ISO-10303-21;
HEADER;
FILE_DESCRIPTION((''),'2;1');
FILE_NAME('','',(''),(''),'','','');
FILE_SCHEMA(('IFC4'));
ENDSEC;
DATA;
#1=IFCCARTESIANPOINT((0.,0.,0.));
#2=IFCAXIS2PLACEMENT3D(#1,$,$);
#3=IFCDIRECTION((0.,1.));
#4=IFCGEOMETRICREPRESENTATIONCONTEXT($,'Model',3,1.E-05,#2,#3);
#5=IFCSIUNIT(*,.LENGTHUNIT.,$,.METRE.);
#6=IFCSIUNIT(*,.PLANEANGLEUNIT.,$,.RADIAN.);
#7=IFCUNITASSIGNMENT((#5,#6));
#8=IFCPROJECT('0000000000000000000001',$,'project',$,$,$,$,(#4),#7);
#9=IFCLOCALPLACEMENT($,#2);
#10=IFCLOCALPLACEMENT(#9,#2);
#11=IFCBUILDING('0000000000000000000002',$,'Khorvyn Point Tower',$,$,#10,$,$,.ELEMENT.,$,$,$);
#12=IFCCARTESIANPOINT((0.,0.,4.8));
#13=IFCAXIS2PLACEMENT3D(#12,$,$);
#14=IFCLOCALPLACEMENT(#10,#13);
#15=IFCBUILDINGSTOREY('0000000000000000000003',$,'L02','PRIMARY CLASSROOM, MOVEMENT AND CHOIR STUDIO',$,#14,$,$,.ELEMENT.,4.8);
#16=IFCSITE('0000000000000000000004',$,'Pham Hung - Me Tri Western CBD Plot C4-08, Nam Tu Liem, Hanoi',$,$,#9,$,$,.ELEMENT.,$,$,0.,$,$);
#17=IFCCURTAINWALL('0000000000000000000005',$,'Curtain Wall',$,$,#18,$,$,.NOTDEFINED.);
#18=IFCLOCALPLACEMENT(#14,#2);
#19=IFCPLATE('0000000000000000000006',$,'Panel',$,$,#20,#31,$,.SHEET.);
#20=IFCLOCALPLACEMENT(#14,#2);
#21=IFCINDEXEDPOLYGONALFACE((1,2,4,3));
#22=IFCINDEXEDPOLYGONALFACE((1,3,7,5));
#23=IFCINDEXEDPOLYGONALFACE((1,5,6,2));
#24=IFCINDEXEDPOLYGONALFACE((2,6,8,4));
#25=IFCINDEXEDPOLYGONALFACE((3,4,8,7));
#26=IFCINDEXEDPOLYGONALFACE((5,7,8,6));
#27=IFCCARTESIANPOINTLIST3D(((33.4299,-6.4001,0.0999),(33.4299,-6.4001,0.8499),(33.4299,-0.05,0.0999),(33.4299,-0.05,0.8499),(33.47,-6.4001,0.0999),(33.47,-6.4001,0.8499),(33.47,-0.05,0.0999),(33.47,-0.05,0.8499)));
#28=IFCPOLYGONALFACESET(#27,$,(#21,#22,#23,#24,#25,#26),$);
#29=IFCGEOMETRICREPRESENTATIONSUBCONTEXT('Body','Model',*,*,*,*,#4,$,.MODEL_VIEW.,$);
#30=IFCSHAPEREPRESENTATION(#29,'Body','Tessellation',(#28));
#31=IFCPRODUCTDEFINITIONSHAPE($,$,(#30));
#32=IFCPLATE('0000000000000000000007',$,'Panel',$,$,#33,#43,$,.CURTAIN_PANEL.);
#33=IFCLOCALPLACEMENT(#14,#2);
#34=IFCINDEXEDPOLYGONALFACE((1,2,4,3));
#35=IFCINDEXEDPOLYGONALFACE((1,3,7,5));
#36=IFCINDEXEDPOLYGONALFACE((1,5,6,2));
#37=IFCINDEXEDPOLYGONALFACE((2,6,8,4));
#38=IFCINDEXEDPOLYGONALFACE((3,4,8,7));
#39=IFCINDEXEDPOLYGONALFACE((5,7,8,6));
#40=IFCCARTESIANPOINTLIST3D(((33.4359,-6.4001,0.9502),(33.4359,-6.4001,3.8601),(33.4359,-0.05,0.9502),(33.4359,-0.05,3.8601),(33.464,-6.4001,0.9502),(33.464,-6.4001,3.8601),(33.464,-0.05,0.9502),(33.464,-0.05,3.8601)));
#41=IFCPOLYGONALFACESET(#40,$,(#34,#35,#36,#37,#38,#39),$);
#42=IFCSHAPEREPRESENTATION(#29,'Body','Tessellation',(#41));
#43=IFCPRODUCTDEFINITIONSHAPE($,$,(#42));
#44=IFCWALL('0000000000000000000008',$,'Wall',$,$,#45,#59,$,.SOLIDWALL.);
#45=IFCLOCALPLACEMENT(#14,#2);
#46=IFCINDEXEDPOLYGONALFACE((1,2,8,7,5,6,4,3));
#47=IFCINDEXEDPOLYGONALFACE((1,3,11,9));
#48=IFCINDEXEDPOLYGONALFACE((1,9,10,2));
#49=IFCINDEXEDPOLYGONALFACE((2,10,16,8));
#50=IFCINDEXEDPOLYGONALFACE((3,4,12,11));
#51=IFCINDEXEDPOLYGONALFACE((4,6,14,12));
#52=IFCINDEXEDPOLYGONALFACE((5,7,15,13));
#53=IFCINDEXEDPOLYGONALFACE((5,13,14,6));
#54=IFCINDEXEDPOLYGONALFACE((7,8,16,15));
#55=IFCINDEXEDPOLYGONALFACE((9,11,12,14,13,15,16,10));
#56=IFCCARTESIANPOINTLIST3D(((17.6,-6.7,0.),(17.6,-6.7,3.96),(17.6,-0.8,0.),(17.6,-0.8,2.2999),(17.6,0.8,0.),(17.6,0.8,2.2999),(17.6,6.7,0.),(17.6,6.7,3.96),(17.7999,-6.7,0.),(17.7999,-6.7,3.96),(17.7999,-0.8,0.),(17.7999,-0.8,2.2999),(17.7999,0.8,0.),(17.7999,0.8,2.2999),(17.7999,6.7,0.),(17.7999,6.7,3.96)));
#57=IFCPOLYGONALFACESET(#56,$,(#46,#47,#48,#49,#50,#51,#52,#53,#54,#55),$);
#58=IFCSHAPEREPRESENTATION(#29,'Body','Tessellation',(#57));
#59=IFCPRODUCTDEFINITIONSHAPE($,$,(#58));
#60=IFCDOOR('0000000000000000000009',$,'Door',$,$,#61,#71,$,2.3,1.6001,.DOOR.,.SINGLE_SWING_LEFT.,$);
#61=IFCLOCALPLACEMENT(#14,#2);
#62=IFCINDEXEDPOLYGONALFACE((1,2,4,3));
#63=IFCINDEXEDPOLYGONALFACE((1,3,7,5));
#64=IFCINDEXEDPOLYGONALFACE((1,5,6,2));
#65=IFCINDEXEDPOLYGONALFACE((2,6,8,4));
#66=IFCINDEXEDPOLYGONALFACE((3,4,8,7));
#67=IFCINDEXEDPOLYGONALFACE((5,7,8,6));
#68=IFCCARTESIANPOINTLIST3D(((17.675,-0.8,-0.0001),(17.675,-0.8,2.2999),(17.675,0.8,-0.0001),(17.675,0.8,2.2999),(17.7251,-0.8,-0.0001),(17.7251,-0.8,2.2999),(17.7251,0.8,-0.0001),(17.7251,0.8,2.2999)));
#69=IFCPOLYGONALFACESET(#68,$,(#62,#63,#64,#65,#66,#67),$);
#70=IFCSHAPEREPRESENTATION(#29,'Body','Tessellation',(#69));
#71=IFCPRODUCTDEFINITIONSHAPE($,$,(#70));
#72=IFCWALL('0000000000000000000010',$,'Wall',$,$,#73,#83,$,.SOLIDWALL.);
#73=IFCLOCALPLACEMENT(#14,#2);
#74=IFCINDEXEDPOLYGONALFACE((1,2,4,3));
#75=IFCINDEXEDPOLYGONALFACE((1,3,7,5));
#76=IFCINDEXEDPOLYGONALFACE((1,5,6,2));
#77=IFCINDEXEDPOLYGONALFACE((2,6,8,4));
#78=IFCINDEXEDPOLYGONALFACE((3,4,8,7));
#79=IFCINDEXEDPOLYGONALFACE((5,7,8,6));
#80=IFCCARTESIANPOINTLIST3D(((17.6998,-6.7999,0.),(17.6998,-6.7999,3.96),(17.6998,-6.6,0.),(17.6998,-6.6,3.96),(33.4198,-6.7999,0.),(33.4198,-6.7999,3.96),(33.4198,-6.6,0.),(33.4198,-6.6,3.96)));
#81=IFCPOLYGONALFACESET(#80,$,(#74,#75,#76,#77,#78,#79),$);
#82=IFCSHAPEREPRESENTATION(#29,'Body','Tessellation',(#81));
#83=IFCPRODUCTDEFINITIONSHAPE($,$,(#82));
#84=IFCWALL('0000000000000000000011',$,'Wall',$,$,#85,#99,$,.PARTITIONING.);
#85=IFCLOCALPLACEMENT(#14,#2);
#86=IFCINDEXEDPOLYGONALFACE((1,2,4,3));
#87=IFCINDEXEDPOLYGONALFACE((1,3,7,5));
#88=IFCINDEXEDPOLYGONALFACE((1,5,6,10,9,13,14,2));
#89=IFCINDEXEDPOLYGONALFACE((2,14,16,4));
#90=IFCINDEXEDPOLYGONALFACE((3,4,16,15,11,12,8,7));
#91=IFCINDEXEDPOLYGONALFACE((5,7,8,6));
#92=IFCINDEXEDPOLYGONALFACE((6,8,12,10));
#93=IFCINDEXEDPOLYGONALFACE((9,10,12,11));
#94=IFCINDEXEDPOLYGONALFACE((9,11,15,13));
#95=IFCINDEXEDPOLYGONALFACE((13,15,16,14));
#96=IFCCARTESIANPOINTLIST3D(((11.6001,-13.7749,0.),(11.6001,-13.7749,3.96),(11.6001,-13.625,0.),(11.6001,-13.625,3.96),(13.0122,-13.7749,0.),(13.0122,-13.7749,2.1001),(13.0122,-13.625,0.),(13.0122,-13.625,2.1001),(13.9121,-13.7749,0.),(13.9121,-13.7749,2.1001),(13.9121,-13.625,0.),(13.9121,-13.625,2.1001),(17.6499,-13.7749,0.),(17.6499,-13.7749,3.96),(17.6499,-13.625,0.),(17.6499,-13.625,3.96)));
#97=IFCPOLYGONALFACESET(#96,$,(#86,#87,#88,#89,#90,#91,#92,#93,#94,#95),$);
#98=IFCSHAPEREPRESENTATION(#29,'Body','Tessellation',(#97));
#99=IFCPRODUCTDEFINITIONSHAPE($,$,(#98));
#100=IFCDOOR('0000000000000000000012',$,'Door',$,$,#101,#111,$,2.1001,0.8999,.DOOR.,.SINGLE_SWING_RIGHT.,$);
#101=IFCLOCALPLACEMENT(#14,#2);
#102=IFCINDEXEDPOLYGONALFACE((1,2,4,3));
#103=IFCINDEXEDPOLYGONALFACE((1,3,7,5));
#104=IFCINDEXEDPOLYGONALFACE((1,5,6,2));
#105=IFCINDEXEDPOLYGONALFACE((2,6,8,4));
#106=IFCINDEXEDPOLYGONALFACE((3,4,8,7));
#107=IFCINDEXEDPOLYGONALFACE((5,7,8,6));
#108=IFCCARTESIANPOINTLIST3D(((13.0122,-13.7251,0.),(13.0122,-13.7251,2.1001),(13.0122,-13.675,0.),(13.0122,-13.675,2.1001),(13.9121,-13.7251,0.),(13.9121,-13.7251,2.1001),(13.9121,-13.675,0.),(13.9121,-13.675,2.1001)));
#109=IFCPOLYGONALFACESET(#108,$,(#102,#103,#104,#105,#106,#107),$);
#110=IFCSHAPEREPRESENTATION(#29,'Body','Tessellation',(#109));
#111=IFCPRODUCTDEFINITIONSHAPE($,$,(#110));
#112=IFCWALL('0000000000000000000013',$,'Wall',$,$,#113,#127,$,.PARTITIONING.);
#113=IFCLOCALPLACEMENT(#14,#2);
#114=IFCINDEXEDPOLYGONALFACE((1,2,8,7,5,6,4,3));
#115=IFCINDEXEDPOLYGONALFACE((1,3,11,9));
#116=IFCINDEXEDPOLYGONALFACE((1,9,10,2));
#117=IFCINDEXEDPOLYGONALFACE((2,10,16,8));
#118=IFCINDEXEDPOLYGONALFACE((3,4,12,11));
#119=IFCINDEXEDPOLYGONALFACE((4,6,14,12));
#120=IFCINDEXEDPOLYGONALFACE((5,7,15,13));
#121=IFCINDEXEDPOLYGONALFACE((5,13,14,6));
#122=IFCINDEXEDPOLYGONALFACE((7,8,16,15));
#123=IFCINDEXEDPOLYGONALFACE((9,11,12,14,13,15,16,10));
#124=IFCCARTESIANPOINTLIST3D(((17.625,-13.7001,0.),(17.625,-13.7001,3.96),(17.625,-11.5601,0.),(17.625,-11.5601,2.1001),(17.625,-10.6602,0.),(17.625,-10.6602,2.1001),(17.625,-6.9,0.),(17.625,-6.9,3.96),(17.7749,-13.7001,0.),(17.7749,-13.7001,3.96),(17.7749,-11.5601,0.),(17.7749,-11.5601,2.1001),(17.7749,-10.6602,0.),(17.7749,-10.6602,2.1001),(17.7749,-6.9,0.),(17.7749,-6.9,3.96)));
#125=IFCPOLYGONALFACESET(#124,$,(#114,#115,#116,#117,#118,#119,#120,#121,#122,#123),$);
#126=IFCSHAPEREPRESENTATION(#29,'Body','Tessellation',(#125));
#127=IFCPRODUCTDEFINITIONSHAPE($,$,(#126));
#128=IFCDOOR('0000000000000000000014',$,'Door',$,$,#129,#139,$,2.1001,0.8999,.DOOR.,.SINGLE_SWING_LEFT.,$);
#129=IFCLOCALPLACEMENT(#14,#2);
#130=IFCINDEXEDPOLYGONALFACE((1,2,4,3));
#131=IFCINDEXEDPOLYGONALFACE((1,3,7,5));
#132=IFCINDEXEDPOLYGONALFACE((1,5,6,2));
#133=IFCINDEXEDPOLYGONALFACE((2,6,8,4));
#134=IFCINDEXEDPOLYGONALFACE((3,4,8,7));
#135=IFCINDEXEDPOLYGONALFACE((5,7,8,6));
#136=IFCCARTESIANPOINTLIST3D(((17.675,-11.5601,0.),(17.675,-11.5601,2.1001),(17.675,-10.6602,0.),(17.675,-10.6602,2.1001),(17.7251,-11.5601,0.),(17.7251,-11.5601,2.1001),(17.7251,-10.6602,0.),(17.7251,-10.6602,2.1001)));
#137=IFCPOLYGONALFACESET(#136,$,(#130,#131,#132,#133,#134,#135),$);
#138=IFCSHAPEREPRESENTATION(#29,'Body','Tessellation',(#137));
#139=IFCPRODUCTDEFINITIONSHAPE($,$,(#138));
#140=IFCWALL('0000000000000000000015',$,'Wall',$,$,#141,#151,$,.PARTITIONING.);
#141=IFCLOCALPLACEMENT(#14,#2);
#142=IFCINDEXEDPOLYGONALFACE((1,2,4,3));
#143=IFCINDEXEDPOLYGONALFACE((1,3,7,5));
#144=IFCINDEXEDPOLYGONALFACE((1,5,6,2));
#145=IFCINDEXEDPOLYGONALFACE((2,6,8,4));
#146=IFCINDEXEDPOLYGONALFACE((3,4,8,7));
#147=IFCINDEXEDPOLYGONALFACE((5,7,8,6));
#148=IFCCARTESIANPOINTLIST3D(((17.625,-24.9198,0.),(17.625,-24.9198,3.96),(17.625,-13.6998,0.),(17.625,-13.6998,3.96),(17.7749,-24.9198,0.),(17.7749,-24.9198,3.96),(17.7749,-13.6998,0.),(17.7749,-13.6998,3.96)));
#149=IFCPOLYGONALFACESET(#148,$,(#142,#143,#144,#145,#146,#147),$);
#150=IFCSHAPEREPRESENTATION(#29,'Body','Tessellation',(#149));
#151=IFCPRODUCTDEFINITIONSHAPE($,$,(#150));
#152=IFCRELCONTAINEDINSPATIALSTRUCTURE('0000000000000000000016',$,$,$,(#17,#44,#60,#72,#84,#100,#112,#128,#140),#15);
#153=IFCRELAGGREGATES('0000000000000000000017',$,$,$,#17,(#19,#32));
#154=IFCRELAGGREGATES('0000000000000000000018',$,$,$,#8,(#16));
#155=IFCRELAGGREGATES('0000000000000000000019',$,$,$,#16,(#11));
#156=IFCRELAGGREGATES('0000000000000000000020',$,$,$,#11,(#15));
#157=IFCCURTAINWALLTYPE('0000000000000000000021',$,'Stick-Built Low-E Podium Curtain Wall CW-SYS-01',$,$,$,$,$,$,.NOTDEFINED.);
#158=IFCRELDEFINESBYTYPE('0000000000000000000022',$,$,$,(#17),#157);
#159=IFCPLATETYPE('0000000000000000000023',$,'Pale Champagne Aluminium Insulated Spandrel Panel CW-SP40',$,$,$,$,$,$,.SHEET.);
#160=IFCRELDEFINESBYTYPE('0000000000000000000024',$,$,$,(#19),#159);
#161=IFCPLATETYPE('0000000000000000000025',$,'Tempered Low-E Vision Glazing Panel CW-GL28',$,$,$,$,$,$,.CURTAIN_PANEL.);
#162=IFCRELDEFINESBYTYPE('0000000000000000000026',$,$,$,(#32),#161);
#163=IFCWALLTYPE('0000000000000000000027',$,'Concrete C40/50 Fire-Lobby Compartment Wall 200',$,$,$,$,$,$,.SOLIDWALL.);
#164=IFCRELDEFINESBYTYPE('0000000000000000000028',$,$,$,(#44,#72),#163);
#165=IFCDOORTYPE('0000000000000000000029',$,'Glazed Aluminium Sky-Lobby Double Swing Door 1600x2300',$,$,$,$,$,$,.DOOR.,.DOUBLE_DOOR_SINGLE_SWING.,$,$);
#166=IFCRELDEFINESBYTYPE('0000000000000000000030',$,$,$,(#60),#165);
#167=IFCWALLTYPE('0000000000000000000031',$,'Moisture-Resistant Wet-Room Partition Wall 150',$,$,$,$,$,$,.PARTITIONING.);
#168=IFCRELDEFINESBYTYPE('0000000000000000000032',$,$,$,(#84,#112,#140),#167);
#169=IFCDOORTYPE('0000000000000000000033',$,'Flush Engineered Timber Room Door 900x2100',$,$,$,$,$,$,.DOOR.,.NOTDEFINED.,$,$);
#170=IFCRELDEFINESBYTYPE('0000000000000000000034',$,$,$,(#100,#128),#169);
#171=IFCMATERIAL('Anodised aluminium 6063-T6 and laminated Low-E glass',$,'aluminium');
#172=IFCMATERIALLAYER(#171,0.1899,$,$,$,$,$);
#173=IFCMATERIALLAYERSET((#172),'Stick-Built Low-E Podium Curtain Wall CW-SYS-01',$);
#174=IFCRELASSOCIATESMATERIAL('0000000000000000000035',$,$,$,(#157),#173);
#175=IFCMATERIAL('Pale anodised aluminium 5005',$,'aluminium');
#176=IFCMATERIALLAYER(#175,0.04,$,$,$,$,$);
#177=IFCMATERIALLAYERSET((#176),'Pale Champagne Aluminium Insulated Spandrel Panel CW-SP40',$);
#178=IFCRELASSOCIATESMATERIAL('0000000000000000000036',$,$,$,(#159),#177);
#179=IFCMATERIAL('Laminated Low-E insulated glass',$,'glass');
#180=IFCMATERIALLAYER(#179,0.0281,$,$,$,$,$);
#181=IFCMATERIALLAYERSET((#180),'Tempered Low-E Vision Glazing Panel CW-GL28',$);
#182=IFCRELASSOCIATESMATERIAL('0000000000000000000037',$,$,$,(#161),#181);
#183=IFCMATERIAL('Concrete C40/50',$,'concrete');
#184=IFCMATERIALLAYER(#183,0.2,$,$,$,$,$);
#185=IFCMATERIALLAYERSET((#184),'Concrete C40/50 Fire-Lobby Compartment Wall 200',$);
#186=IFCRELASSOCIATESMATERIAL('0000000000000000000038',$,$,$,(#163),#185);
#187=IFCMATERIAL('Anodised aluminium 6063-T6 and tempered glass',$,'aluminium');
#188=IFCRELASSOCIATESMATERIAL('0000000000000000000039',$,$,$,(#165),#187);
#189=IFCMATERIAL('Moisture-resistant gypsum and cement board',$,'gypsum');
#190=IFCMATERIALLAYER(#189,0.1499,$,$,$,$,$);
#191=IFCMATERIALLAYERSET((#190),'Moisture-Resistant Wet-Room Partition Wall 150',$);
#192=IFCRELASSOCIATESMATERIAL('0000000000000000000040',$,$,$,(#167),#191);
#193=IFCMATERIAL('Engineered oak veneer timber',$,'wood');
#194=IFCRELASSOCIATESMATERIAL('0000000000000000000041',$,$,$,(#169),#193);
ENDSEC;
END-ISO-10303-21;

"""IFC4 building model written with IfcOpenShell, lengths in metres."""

from ifc_helpers import new_model, si_unit, direction, frame, frame_2d, origin, origin_2d, place, context, subcontext, project, spatial, rectangle, extrude, material, layer, layer_set, type_object, element, fill, aggregate, save


model = new_model("IFC4")

# Units and contexts
model_context = context("Model", 3, precision=1e-05, world=origin(), true_north=direction((0.0, 1.0)))
body_context = subcontext(model_context, "Body", "Model", "MODEL_VIEW")
ifc_project = project(units=[si_unit("LENGTHUNIT", "METRE"), si_unit("PLANEANGLEUNIT", "RADIAN")], contexts=[model_context])

# Site, building, storey
site_placement = place(None, origin())
site = spatial("IfcSite", under=ifc_project, at=site_placement, Name="Pham Hung - Me Tri Western CBD Plot C4-08, Nam Tu Liem, Hanoi", CompositionType="ELEMENT", RefElevation=0.0)
building_placement = place(site_placement, origin())
building = spatial("IfcBuilding", under=site, at=building_placement, Name="Khorvyn Point Tower", CompositionType="ELEMENT")
storey_placement = place(building_placement, frame((0.0, 0.0, 4.8)))
storey = spatial("IfcBuildingStorey", under=building, at=storey_placement, Name="L02", Description="PRIMARY CLASSROOM, MOVEMENT AND CHOIR STUDIO", CompositionType="ELEMENT", Elevation=4.8)

# Shared definitions
ifc_material_1 = material(Name="Concrete C40/50", Category="concrete")

# Curtain wall
ifc_material_2 = material(Name="Anodised aluminium 6063-T6 and laminated Low-E glass", Category="aluminium")
ifc_layer_1 = layer(ifc_material_2, 0.1899)
ifc_layer_set_1 = layer_set([ifc_layer_1], Name="Stick-Built Low-E Podium Curtain Wall CW-SYS-01")
curtain_wall_type = type_object("IfcCurtainWallType", Name="Stick-Built Low-E Podium Curtain Wall CW-SYS-01", PredefinedType="NOTDEFINED", material=ifc_layer_set_1)
curtain_wall_placement = place(storey_placement, origin())
curtain_wall = element("IfcCurtainWall", 1, at=curtain_wall_placement, inside=storey, type_object=curtain_wall_type, Name="Curtain Wall", PredefinedType="NOTDEFINED")

# Plates
ifc_material_3 = material(Name="Pale anodised aluminium 5005", Category="aluminium")
ifc_layer_2 = layer(ifc_material_3, 0.04)
ifc_layer_set_2 = layer_set([ifc_layer_2], Name="Pale Champagne Aluminium Insulated Spandrel Panel CW-SP40")
plate_type_1 = type_object("IfcPlateType", Name="Pale Champagne Aluminium Insulated Spandrel Panel CW-SP40", PredefinedType="SHEET", material=ifc_layer_set_2)
plate_1_placement = place(storey_placement, frame((33.45, -3.2251, 0.0999), z_axis=(0.0, 0.0, 1.0), x_axis=(0.0, 1.0, 0.0)))
plate_1 = element("IfcPlate", 2, at=plate_1_placement, type_object=plate_type_1, Name="Panel", PredefinedType="SHEET", context=body_context, shape_type="SweptSolid", body=[
    extrude(rectangle(XDim=6.3501, YDim=0.04, at=origin_2d()), origin(), (0.0, 0.0, 1.0), 0.75),
])
ifc_material_4 = material(Name="Laminated Low-E insulated glass", Category="glass")
ifc_layer_3 = layer(ifc_material_4, 0.0281)
ifc_layer_set_3 = layer_set([ifc_layer_3], Name="Tempered Low-E Vision Glazing Panel CW-GL28")
plate_type_2 = type_object("IfcPlateType", Name="Tempered Low-E Vision Glazing Panel CW-GL28", PredefinedType="CURTAIN_PANEL", material=ifc_layer_set_3)
plate_2_placement = place(storey_placement, frame((33.45, -3.2251, 0.9502), z_axis=(0.0, 0.0, 1.0), x_axis=(0.0, 1.0, 0.0)))
plate_2 = element("IfcPlate", 3, at=plate_2_placement, type_object=plate_type_2, Name="Panel", PredefinedType="CURTAIN_PANEL", context=body_context, shape_type="SweptSolid", body=[
    extrude(rectangle(XDim=6.3501, YDim=0.0281, at=origin_2d()), origin(), (0.0, 0.0, 1.0), 2.9099),
])
aggregate(curtain_wall, [plate_1, plate_2])

# Wall, opening, door
ifc_layer_4 = layer(ifc_material_1, 0.2)
ifc_layer_set_4 = layer_set([ifc_layer_4], Name="Concrete C40/50 Fire-Lobby Compartment Wall 200")
wall_type_1 = type_object("IfcWallType", Name="Concrete C40/50 Fire-Lobby Compartment Wall 200", PredefinedType="SOLIDWALL", material=ifc_layer_set_4)
wall_1_placement = place(storey_placement, frame((17.7, -6.7, 0.0), z_axis=(0.0, 0.0, 1.0), x_axis=(0.0, 1.0, 0.0)))
wall_1 = element("IfcWall", 4, at=wall_1_placement, inside=storey, type_object=wall_type_1, Name="Wall", PredefinedType="SOLIDWALL", context=body_context, shape_type="SweptSolid", body=[
    extrude(rectangle(XDim=13.3999, YDim=0.2, at=frame_2d((6.7, 0.0))), origin(), (0.0, 0.0, 1.0), 3.96),
])
opening_1_placement = place(wall_1_placement, frame((5.8999, 0.0, 0.0)))
opening_1 = element("IfcOpeningElement", 5, at=opening_1_placement, cuts=wall_1, PredefinedType="OPENING", context=body_context, shape_type="SweptSolid", body=[
    extrude(rectangle(XDim=1.6001, YDim=2.3, at=frame_2d((0.8, 1.1499))), frame((0.0, 0.1099, 0.0), z_axis=(0.0, -1.0, 0.0), x_axis=(1.0, 0.0, 0.0)), (0.0, 0.0, 1.0), 0.22),
])
ifc_material_5 = material(Name="Anodised aluminium 6063-T6 and tempered glass", Category="aluminium")
door_type_1 = type_object("IfcDoorType", Name="Glazed Aluminium Sky-Lobby Double Swing Door 1600x2300", OperationType="DOUBLE_DOOR_SINGLE_SWING", PredefinedType="DOOR", material=ifc_material_5)
door_1_placement = place(opening_1_placement, origin())
door_1 = element("IfcDoor", 6, at=door_1_placement, inside=storey, type_object=door_type_1, Name="Door", OperationType="SINGLE_SWING_LEFT", OverallHeight=2.3, OverallWidth=1.6001, PredefinedType="DOOR", context=body_context, shape_type="SweptSolid", body=[
    extrude(rectangle(XDim=1.6001, YDim=2.3, at=frame_2d((0.8, 1.1499))), frame((0.0, 0.0249, 0.0), z_axis=(0.0, -1.0, 0.0), x_axis=(1.0, 0.0, 0.0)), (0.0, 0.0, 1.0), 0.05),
])
fill(opening_1, door_1)

# Wall
wall_2_placement = place(storey_placement, frame((17.7, -6.7, 0.0), z_axis=(0.0, 0.0, 1.0), x_axis=(1.0, 0.0, 0.0)))
element("IfcWall", 7, at=wall_2_placement, inside=storey, type_object=wall_type_1, Name="Wall", PredefinedType="SOLIDWALL", context=body_context, shape_type="SweptSolid", body=[
    extrude(rectangle(XDim=15.72, YDim=0.2, at=frame_2d((7.8599, 0.0))), origin(), (0.0, 0.0, 1.0), 3.96),
])

# Walls, openings, doors
ifc_material_6 = material(Name="Moisture-resistant gypsum and cement board", Category="gypsum")
ifc_layer_5 = layer(ifc_material_6, 0.1499)
ifc_layer_set_5 = layer_set([ifc_layer_5], Name="Moisture-Resistant Wet-Room Partition Wall 150")
wall_type_2 = type_object("IfcWallType", Name="Moisture-Resistant Wet-Room Partition Wall 150", PredefinedType="PARTITIONING", material=ifc_layer_set_5)
wall_3_placement = place(storey_placement, frame((11.6001, -13.7, 0.0), z_axis=(0.0, 0.0, 1.0), x_axis=(1.0, 0.0, 0.0)))
wall_3 = element("IfcWall", 8, at=wall_3_placement, inside=storey, type_object=wall_type_2, Name="Wall", PredefinedType="PARTITIONING", context=body_context, shape_type="SweptSolid", body=[
    extrude(rectangle(XDim=6.0498, YDim=0.1499, at=frame_2d((3.0249, 0.0))), origin(), (0.0, 0.0, 1.0), 3.96),
])
opening_2_placement = place(wall_3_placement, frame((1.4121, 0.0, 0.0)))
opening_2 = element("IfcOpeningElement", 9, at=opening_2_placement, cuts=wall_3, PredefinedType="OPENING", context=body_context, shape_type="SweptSolid", body=[
    extrude(rectangle(XDim=0.8999, YDim=2.1001, at=frame_2d((0.45, 1.05))), frame((0.0, 0.085, 0.0), z_axis=(0.0, -1.0, 0.0), x_axis=(1.0, 0.0, 0.0)), (0.0, 0.0, 1.0), 0.1699),
])
ifc_material_7 = material(Name="Engineered oak veneer timber", Category="wood")
door_type_2 = type_object("IfcDoorType", Name="Flush Engineered Timber Room Door 900x2100", OperationType="NOTDEFINED", PredefinedType="DOOR", material=ifc_material_7)
door_2_placement = place(opening_2_placement, origin())
door_2 = element("IfcDoor", 10, at=door_2_placement, inside=storey, type_object=door_type_2, Name="Door", OperationType="SINGLE_SWING_RIGHT", OverallHeight=2.1001, OverallWidth=0.8999, PredefinedType="DOOR", context=body_context, shape_type="SweptSolid", body=[
    extrude(rectangle(XDim=0.8999, YDim=2.1001, at=frame_2d((0.45, 1.05))), frame((0.0, 0.0249, 0.0), z_axis=(0.0, -1.0, 0.0), x_axis=(1.0, 0.0, 0.0)), (0.0, 0.0, 1.0), 0.05),
])
fill(opening_2, door_2)
wall_4_placement = place(storey_placement, frame((17.7, -13.7, 0.0), z_axis=(0.0, 0.0, 1.0), x_axis=(0.0, 1.0, 0.0)))
wall_4 = element("IfcWall", 11, at=wall_4_placement, inside=storey, type_object=wall_type_2, Name="Wall", PredefinedType="PARTITIONING", context=body_context, shape_type="SweptSolid", body=[
    extrude(rectangle(XDim=6.8, YDim=0.1499, at=frame_2d((3.3999, 0.0))), origin(), (0.0, 0.0, 1.0), 3.96),
])
opening_3_placement = place(wall_4_placement, frame((2.1399, 0.0, 0.0)))
opening_3 = element("IfcOpeningElement", 12, at=opening_3_placement, cuts=wall_4, PredefinedType="OPENING", context=body_context, shape_type="SweptSolid", body=[
    extrude(rectangle(XDim=0.8999, YDim=2.1001, at=frame_2d((0.45, 1.05))), frame((0.0, 0.085, 0.0), z_axis=(0.0, -1.0, 0.0), x_axis=(1.0, 0.0, 0.0)), (0.0, 0.0, 1.0), 0.1699),
])
door_3_placement = place(opening_3_placement, origin())
door_3 = element("IfcDoor", 13, at=door_3_placement, inside=storey, type_object=door_type_2, Name="Door", OperationType="SINGLE_SWING_LEFT", OverallHeight=2.1001, OverallWidth=0.8999, PredefinedType="DOOR", context=body_context, shape_type="SweptSolid", body=[
    extrude(rectangle(XDim=0.8999, YDim=2.1001, at=frame_2d((0.45, 1.05))), frame((0.0, 0.0249, 0.0), z_axis=(0.0, -1.0, 0.0), x_axis=(1.0, 0.0, 0.0)), (0.0, 0.0, 1.0), 0.05),
])
fill(opening_3, door_3)

# Wall
wall_5_placement = place(storey_placement, frame((17.7, -13.7, 0.0), z_axis=(0.0, 0.0, 1.0), x_axis=(0.0, -1.0, 0.0)))
element("IfcWall", 14, at=wall_5_placement, inside=storey, type_object=wall_type_2, Name="Wall", PredefinedType="PARTITIONING", context=body_context, shape_type="SweptSolid", body=[
    extrude(rectangle(XDim=11.22, YDim=0.1499, at=frame_2d((5.6099, 0.0))), origin(), (0.0, 0.0, 1.0), 3.96),
])

save(model, "model.ifc")
